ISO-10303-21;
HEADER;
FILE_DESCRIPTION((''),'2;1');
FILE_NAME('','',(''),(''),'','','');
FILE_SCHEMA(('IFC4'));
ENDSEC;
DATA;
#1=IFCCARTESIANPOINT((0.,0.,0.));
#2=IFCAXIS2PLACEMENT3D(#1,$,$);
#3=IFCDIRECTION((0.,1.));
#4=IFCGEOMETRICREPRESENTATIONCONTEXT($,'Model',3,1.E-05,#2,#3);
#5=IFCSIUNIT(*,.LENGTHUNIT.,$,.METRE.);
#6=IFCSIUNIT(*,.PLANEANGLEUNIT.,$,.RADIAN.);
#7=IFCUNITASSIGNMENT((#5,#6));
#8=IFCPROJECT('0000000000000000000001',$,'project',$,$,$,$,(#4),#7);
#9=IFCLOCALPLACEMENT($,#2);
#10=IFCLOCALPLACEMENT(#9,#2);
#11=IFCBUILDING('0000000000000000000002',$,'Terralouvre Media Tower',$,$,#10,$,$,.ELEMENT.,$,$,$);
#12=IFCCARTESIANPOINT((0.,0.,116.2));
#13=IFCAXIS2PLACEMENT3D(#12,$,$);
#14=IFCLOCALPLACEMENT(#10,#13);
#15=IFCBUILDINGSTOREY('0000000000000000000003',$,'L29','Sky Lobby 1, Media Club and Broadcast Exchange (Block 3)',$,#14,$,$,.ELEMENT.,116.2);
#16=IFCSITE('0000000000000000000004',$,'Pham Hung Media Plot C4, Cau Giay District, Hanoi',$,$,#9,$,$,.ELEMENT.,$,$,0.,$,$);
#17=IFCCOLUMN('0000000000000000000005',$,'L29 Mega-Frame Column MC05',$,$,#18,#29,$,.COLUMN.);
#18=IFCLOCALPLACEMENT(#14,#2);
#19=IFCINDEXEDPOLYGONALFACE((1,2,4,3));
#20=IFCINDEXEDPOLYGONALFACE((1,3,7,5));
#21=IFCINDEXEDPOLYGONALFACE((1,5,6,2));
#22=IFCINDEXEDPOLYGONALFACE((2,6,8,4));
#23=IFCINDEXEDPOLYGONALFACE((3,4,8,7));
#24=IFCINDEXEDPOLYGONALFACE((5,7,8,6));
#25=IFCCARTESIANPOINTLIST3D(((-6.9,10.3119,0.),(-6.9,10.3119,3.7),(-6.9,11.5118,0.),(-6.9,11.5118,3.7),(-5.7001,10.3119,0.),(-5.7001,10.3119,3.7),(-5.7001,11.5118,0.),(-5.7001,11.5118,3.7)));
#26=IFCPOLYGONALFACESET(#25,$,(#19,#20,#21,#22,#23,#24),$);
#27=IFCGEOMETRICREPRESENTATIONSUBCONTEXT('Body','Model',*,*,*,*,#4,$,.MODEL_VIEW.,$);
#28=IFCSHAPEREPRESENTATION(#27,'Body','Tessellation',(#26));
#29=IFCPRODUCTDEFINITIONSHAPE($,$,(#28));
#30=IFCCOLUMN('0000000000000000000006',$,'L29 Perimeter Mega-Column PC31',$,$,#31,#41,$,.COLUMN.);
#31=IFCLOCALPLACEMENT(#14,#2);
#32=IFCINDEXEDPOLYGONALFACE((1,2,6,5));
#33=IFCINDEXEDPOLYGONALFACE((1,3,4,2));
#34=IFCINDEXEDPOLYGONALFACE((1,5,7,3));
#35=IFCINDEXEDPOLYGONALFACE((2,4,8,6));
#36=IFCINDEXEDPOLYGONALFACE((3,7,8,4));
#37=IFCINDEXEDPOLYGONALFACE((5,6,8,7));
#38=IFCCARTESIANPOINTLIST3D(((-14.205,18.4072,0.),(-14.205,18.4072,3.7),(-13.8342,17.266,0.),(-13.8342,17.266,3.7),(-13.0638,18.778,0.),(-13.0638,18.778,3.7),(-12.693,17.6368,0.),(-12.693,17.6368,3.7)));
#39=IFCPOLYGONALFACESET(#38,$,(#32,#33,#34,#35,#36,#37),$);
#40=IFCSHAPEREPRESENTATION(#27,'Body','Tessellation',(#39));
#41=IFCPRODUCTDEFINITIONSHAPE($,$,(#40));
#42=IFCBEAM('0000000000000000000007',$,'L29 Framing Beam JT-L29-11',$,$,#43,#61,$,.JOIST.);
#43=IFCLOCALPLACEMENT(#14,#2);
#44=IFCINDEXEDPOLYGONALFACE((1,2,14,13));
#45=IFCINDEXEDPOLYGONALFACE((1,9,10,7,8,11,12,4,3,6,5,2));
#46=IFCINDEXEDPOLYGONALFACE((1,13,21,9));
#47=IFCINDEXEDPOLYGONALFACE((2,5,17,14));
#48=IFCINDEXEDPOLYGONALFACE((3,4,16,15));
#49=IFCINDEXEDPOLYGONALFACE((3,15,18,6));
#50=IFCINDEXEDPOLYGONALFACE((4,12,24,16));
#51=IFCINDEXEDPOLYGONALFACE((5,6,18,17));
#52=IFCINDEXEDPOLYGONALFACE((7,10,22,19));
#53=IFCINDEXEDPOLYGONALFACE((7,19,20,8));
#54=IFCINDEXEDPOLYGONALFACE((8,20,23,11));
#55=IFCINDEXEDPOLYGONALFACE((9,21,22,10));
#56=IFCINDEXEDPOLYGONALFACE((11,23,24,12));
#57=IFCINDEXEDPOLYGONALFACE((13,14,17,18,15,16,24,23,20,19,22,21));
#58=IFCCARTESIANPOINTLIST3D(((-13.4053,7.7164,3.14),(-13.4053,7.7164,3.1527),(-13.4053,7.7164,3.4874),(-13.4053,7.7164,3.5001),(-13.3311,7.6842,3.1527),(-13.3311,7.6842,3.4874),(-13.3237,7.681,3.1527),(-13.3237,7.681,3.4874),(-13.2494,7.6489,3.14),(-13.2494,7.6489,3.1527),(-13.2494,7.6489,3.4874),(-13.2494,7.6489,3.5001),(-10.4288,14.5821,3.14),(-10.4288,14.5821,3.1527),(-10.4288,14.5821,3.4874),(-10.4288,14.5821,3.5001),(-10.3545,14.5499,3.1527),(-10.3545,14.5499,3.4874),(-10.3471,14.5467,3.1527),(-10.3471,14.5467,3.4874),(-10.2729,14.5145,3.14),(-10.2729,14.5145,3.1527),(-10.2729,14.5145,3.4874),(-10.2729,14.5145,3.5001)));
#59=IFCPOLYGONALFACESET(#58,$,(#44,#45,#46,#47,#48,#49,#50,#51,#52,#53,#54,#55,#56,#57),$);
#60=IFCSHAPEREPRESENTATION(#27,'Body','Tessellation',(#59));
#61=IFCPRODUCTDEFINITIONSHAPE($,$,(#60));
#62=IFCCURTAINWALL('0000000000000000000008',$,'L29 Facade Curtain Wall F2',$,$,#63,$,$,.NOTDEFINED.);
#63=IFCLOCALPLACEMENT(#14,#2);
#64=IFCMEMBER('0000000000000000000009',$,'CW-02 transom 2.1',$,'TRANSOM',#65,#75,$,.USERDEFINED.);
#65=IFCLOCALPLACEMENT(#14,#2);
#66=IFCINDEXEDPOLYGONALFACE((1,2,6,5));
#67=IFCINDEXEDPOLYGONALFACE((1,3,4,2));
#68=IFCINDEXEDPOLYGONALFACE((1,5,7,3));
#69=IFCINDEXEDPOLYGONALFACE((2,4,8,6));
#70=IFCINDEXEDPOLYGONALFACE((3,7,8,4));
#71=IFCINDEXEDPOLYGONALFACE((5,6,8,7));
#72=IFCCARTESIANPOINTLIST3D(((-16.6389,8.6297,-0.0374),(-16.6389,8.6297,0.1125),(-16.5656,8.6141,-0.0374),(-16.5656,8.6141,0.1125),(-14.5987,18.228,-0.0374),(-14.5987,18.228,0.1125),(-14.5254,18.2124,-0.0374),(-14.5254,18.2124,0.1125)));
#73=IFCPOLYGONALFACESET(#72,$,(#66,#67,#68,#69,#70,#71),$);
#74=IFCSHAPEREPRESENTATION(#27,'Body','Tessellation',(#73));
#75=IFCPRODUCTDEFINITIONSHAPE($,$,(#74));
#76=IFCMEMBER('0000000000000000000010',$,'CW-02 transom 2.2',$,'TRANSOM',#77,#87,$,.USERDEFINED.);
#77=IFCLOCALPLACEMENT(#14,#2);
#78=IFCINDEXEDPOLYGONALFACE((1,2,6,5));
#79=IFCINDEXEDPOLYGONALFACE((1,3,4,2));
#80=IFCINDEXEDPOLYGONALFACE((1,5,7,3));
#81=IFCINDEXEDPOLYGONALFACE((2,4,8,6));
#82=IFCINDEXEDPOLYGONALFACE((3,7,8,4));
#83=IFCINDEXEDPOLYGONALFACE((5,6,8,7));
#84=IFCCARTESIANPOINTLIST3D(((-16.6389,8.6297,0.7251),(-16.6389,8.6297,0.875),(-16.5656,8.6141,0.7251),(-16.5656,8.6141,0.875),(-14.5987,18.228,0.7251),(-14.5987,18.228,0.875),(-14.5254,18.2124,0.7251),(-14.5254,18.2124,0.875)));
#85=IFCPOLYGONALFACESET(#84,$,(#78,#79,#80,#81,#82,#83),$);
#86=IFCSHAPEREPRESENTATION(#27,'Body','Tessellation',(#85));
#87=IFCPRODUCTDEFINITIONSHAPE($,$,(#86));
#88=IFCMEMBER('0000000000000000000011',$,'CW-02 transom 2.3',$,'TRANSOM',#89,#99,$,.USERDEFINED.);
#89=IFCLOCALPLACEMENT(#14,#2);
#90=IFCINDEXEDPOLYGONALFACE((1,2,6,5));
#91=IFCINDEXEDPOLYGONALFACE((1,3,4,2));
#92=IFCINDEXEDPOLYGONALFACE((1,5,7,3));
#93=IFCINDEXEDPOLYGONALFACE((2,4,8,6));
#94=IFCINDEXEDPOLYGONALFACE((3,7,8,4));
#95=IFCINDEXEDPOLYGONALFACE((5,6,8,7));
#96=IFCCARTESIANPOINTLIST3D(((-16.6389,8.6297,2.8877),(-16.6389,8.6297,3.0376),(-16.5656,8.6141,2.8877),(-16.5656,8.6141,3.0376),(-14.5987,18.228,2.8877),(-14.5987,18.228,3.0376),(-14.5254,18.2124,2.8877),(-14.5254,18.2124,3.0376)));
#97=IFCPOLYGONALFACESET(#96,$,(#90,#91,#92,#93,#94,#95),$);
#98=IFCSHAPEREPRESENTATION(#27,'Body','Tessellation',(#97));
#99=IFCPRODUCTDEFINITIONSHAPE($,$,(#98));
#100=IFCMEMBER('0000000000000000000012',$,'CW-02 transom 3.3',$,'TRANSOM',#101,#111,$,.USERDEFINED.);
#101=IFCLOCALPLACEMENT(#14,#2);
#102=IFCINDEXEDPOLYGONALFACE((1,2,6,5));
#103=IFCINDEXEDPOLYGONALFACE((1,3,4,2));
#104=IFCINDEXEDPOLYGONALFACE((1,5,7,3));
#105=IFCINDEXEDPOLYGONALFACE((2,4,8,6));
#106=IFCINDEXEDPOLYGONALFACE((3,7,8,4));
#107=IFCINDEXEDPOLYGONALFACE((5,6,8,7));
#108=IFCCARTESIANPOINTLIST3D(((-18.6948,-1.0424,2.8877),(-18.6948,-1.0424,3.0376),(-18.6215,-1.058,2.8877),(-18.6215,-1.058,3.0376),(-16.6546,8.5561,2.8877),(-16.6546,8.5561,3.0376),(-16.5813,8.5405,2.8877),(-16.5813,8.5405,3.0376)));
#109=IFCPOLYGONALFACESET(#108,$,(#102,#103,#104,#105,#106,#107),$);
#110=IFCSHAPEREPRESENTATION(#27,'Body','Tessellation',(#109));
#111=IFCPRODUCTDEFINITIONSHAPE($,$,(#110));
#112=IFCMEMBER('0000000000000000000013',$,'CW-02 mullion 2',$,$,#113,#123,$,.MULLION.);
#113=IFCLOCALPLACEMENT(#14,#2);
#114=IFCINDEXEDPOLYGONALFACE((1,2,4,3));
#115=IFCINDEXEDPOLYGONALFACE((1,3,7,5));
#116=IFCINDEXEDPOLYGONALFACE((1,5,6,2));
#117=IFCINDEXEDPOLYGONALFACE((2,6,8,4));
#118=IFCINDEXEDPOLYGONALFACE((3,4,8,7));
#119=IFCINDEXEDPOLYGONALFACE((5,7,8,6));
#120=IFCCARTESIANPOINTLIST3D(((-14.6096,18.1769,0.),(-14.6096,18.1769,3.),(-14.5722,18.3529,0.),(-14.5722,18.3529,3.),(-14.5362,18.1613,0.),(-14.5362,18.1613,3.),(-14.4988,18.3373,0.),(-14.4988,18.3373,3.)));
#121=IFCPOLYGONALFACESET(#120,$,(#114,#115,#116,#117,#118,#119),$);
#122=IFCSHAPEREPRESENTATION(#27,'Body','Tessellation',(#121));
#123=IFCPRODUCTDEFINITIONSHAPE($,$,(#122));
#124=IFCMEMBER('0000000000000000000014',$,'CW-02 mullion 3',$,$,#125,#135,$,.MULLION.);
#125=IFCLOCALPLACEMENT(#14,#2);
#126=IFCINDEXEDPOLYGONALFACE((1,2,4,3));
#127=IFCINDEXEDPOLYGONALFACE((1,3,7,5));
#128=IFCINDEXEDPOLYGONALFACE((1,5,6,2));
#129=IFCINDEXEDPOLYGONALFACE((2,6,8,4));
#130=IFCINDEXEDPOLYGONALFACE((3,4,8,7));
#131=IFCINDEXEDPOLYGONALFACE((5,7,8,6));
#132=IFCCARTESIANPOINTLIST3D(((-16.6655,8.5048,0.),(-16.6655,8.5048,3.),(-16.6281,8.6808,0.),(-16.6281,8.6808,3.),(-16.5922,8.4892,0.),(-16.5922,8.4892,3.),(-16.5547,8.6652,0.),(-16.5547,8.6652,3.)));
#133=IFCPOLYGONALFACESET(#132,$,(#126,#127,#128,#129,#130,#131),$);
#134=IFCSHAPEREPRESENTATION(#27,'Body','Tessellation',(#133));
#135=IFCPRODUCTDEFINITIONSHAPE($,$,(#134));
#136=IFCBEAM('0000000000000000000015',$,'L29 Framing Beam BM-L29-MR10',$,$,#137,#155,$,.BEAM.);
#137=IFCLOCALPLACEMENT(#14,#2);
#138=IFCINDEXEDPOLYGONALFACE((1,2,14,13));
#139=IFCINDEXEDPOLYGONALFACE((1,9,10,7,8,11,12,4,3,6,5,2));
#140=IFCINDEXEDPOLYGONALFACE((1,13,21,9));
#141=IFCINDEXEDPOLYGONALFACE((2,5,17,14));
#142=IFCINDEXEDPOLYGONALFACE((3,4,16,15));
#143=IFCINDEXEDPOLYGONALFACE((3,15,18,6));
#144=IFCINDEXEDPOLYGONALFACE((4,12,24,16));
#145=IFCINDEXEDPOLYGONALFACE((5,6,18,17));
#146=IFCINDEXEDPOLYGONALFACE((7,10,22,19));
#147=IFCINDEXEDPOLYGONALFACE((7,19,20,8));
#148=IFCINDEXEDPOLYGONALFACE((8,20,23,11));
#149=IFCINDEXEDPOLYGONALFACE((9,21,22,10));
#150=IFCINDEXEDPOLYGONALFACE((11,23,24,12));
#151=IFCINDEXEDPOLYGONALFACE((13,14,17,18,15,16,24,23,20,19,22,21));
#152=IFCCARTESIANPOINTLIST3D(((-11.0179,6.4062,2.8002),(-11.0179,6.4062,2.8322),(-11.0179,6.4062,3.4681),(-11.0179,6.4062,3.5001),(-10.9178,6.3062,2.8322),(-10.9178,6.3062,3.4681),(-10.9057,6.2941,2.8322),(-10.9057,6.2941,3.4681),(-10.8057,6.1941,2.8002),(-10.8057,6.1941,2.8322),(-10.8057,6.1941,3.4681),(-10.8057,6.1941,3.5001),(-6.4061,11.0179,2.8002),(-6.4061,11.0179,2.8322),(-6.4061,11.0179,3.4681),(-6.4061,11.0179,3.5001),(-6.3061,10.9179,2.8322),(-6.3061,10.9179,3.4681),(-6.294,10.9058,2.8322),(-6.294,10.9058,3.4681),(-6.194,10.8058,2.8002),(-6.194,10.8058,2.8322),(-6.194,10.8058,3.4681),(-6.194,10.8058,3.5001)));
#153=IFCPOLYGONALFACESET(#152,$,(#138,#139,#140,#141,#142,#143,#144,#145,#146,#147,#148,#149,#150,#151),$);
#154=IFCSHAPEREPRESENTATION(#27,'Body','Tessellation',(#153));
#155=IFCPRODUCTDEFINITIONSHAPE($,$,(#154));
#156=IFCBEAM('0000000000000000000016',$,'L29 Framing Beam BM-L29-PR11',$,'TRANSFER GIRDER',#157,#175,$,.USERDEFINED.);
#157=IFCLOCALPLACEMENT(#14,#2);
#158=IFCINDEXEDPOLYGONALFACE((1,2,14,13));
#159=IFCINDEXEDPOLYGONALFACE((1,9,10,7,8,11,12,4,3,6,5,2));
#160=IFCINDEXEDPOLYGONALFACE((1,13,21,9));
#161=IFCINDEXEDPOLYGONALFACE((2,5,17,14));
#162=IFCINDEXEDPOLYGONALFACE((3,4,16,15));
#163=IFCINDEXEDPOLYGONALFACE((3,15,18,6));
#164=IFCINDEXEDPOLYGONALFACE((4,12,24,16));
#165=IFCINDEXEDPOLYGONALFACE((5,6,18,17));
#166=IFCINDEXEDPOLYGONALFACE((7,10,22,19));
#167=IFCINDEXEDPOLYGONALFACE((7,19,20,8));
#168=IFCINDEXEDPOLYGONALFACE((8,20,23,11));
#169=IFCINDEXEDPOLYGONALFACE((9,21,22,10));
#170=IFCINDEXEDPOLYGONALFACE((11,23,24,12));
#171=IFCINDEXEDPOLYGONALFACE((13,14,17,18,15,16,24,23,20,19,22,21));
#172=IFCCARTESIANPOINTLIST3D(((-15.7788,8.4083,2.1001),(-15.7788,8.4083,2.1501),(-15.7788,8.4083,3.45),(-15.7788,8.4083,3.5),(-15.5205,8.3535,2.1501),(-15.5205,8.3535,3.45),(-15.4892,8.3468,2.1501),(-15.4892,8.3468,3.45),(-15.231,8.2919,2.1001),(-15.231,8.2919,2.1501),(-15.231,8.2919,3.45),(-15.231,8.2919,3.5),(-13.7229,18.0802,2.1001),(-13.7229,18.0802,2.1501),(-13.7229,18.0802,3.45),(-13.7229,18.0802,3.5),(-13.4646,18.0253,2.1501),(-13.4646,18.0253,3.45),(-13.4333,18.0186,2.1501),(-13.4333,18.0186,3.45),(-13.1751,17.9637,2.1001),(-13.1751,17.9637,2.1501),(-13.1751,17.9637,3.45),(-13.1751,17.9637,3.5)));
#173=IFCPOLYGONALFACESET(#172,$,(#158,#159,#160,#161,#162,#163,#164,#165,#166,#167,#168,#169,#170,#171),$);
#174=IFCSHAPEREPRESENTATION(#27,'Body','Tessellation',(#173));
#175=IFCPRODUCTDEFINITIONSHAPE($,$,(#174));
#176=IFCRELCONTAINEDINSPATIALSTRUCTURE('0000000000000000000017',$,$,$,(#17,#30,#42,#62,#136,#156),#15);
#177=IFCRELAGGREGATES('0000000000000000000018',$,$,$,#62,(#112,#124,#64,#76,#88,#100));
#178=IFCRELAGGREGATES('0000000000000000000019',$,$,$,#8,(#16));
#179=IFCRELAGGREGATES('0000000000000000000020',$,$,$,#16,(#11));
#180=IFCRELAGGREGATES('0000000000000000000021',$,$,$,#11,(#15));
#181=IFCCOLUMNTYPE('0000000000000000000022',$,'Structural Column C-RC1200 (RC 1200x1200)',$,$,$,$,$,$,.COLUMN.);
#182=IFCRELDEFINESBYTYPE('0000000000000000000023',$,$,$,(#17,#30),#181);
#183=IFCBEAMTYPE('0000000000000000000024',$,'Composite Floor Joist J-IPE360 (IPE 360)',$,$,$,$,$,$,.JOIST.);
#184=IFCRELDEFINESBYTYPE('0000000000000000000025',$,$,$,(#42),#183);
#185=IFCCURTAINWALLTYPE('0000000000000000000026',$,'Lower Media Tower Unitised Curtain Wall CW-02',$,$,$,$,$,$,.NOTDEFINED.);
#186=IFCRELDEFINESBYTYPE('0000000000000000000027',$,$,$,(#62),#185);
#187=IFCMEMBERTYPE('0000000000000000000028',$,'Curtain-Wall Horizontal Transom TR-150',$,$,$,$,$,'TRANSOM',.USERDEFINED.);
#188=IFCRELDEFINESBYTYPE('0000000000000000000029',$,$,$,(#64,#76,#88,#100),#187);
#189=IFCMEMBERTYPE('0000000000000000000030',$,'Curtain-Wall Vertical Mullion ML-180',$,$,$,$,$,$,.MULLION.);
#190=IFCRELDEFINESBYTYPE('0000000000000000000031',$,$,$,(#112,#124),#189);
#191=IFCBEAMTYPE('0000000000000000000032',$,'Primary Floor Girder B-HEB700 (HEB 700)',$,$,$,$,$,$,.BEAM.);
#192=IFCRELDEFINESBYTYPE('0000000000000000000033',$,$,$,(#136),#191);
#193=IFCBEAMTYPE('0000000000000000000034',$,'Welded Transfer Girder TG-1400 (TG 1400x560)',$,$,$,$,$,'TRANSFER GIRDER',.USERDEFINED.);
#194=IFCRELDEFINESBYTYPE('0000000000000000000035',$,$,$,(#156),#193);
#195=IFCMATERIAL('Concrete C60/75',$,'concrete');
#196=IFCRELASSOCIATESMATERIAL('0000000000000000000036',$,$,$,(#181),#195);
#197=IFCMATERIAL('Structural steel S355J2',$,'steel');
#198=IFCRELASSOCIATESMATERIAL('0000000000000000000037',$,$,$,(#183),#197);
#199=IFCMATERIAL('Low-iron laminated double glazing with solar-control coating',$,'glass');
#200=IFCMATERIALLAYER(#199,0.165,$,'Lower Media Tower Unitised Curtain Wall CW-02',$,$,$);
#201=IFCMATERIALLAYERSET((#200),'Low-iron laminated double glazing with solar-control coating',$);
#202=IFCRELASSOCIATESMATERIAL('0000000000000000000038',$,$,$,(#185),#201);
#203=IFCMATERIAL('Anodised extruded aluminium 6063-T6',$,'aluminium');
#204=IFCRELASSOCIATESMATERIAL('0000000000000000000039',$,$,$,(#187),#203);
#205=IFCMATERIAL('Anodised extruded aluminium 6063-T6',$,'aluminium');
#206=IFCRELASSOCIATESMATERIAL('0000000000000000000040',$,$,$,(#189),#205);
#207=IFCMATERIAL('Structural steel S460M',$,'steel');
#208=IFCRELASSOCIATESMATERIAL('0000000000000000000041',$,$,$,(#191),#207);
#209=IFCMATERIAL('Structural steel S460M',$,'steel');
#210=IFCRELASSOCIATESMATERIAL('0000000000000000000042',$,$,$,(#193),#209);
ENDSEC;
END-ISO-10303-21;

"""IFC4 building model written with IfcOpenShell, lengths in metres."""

from ifc_helpers import new_model, si_unit, direction, frame, origin, origin_2d, place, context, subcontext, project, spatial, rectangle, i_section, extrude, material, layer, layer_set, material_profile, profile_set, type_object, element, aggregate, save


model = new_model("IFC4")

# Units and contexts
model_context = context("Model", 3, precision=1e-05, world=origin(), true_north=direction((0.0, 1.0)))
body_context = subcontext(model_context, "Body", "Model", "MODEL_VIEW")
ifc_project = project(units=[si_unit("LENGTHUNIT", "METRE"), si_unit("PLANEANGLEUNIT", "RADIAN")], contexts=[model_context])

# Site, building, storey
site_placement = place(None, origin())
site = spatial("IfcSite", under=ifc_project, at=site_placement, Name="Pham Hung Media Plot C4, Cau Giay District, Hanoi", CompositionType="ELEMENT", RefElevation=0.0)
building_placement = place(site_placement, origin())
building = spatial("IfcBuilding", under=site, at=building_placement, Name="Terralouvre Media Tower", CompositionType="ELEMENT")
storey_placement = place(building_placement, frame((0.0, 0.0, 116.2)))
storey = spatial("IfcBuildingStorey", under=building, at=storey_placement, Name="L29", Description="Sky Lobby 1, Media Club and Broadcast Exchange (Block 3)", CompositionType="ELEMENT", Elevation=116.2)

# Columns
ifc_material_1 = material(Name="Concrete C60/75", Category="concrete")
ifc_material_profile_1 = material_profile(ifc_material_1, rectangle(XDim=1.2, YDim=1.2, at=origin_2d()), Name="RC 1200x1200")
ifc_profile_set_1 = profile_set([ifc_material_profile_1], Name="Concrete C60/75")
column_type = type_object("IfcColumnType", Name="Structural Column C-RC1200 (RC 1200x1200)", PredefinedType="COLUMN", material=ifc_profile_set_1)
for number, where, z_axis, x_axis, name in (
    (1, (-6.3, 10.9119, 0.0), (0.0, 0.0, 1.0), (1.0, 0.0, 0.0), "L29 Mega-Frame Column MC05"),
    (2, (-13.449, 18.022, 0.0), (0.0, 0.0, 1.0), (0.951057, 0.309017, 0.0), "L29 Perimeter Mega-Column PC31"),
):
    element("IfcColumn", number, at=place(storey_placement, frame(where, z_axis=z_axis, x_axis=x_axis)), inside=storey, type_object=column_type, Name=name, PredefinedType="COLUMN", context=body_context, shape_type="SweptSolid", body=[
        extrude(rectangle(XDim=1.2, YDim=1.2, at=origin_2d()), origin(), (0.0, 0.0, 1.0), 3.7),
    ])

# Beam
ifc_material_2 = material(Name="Structural steel S355J2", Category="steel")
ifc_material_profile_2 = material_profile(ifc_material_2, i_section(OverallWidth=0.1699, OverallDepth=0.3601, WebThickness=0.0081, FlangeThickness=0.0127, at=origin_2d()), Name="IPE 360")
ifc_profile_set_2 = profile_set([ifc_material_profile_2], Name="Structural steel S355J2")
beam_type_1 = type_object("IfcBeamType", Name="Composite Floor Joist J-IPE360 (IPE 360)", PredefinedType="JOIST", material=ifc_profile_set_2)
beam_1_placement = place(storey_placement, frame((-10.3508, 14.5483, 3.3201), z_axis=(-0.397767, -0.917487, 0.0), x_axis=(0.917487, -0.397767, 0.0)))
element("IfcBeam", 3, at=beam_1_placement, inside=storey, type_object=beam_type_1, Name="L29 Framing Beam JT-L29-11", PredefinedType="JOIST", context=body_context, shape_type="SweptSolid", body=[
    extrude(i_section(OverallWidth=0.1699, OverallDepth=0.3601, WebThickness=0.0081, FlangeThickness=0.0127, at=origin_2d()), origin(), (0.0, 0.0, 1.0), 7.4832),
])

# Curtain wall, members
ifc_material_3 = material(Name="Low-iron laminated double glazing with solar-control coating", Category="glass")
ifc_layer_1 = layer(ifc_material_3, 0.165, Name="Lower Media Tower Unitised Curtain Wall CW-02")
ifc_layer_set_1 = layer_set([ifc_layer_1], Name="Low-iron laminated double glazing with solar-control coating")
curtain_wall_type = type_object("IfcCurtainWallType", Name="Lower Media Tower Unitised Curtain Wall CW-02", PredefinedType="NOTDEFINED", material=ifc_layer_set_1)
curtain_wall_placement = place(storey_placement, origin())
curtain_wall = element("IfcCurtainWall", 4, at=curtain_wall_placement, inside=storey, type_object=curtain_wall_type, Name="L29 Facade Curtain Wall F2", PredefinedType="NOTDEFINED")
ifc_material_4 = material(Name="Anodised extruded aluminium 6063-T6", Category="aluminium")
ifc_material_profile_3 = material_profile(ifc_material_4, rectangle(XDim=0.075, YDim=0.1499, at=origin_2d()), Name="ALU 75x150")
ifc_profile_set_3 = profile_set([ifc_material_profile_3], Name="Anodised extruded aluminium 6063-T6")
member_type_1 = type_object("IfcMemberType", Name="Curtain-Wall Horizontal Transom TR-150", ElementType="TRANSOM", PredefinedType="USERDEFINED", material=ifc_profile_set_3)
member_1_placement = place(storey_placement, frame((-14.562, 18.2202, 0.0376), z_axis=(-0.20792, -0.978146, 0.0), x_axis=(0.978146, -0.20792, 0.0)))
member_1 = element("IfcMember", 5, at=member_1_placement, type_object=member_type_1, Name="CW-02 transom 2.1", ObjectType="TRANSOM", PredefinedType="USERDEFINED", context=body_context, shape_type="SweptSolid", body=[
    extrude(rectangle(XDim=0.075, YDim=0.1499, at=origin_2d()), origin(), (0.0, 0.0, 1.0), 9.8127),
])
member_2_placement = place(storey_placement, frame((-14.562, 18.2202, 0.8), z_axis=(-0.20792, -0.978146, 0.0), x_axis=(0.978146, -0.20792, 0.0)))
member_2 = element("IfcMember", 6, at=member_2_placement, type_object=member_type_1, Name="CW-02 transom 2.2", ObjectType="TRANSOM", PredefinedType="USERDEFINED", context=body_context, shape_type="SweptSolid", body=[
    extrude(rectangle(XDim=0.075, YDim=0.1499, at=origin_2d()), origin(), (0.0, 0.0, 1.0), 9.8127),
])
member_3_placement = place(storey_placement, frame((-14.562, 18.2202, 2.9626), z_axis=(-0.20792, -0.978146, 0.0), x_axis=(0.978146, -0.20792, 0.0)))
member_3 = element("IfcMember", 7, at=member_3_placement, type_object=member_type_1, Name="CW-02 transom 2.3", ObjectType="TRANSOM", PredefinedType="USERDEFINED", context=body_context, shape_type="SweptSolid", body=[
    extrude(rectangle(XDim=0.075, YDim=0.1499, at=origin_2d()), origin(), (0.0, 0.0, 1.0), 9.8127),
])
member_4_placement = place(storey_placement, frame((-16.6179, 8.5483, 2.9626), z_axis=(-0.207915, -0.978147, 0.0), x_axis=(0.978147, -0.207915, 0.0)))
member_4 = element("IfcMember", 8, at=member_4_placement, type_object=member_type_1, Name="CW-02 transom 3.3", ObjectType="TRANSOM", PredefinedType="USERDEFINED", context=body_context, shape_type="SweptSolid", body=[
    extrude(rectangle(XDim=0.075, YDim=0.1499, at=origin_2d()), origin(), (0.0, 0.0, 1.0), 9.813),
])
ifc_material_5 = material(Name="Anodised extruded aluminium 6063-T6", Category="aluminium")
ifc_material_profile_4 = material_profile(ifc_material_5, rectangle(XDim=0.075, YDim=0.1799, at=origin_2d()), Name="ALU 75x180")
ifc_profile_set_4 = profile_set([ifc_material_profile_4], Name="Anodised extruded aluminium 6063-T6")
member_type_2 = type_object("IfcMemberType", Name="Curtain-Wall Vertical Mullion ML-180", PredefinedType="MULLION", material=ifc_profile_set_4)
member_5_placement = place(storey_placement, frame((-14.5542, 18.2571, 0.0), z_axis=(0.0, 0.0, 1.0), x_axis=(0.978148, -0.207912, 0.0)))
member_5 = element("IfcMember", 9, at=member_5_placement, type_object=member_type_2, Name="CW-02 mullion 2", PredefinedType="MULLION", context=body_context, shape_type="SweptSolid", body=[
    extrude(rectangle(XDim=0.075, YDim=0.1799, at=origin_2d()), origin(), (0.0, 0.0, 1.0), 3.0),
])
member_6_placement = place(storey_placement, frame((-16.6101, 8.585, 0.0), z_axis=(0.0, 0.0, 1.0), x_axis=(0.978148, -0.207912, 0.0)))
member_6 = element("IfcMember", 10, at=member_6_placement, type_object=member_type_2, Name="CW-02 mullion 3", PredefinedType="MULLION", context=body_context, shape_type="SweptSolid", body=[
    extrude(rectangle(XDim=0.075, YDim=0.1799, at=origin_2d()), origin(), (0.0, 0.0, 1.0), 3.0),
])

# Beams
ifc_material_6 = material(Name="Structural steel S460M", Category="steel")
ifc_material_profile_5 = material_profile(ifc_material_6, i_section(OverallWidth=0.3, OverallDepth=0.7, WebThickness=0.0171, FlangeThickness=0.032, at=origin_2d()), Name="HEB 700")
ifc_profile_set_5 = profile_set([ifc_material_profile_5], Name="Structural steel S460M")
beam_type_2 = type_object("IfcBeamType", Name="Primary Floor Girder B-HEB700 (HEB 700)", PredefinedType="BEAM", material=ifc_profile_set_5)
beam_2_placement = place(storey_placement, frame((-6.3, 10.9119, 3.1501), z_axis=(-0.707107, -0.707107, 0.0), x_axis=(0.707107, -0.707107, 0.0)))
element("IfcBeam", 11, at=beam_2_placement, inside=storey, type_object=beam_type_2, Name="L29 Framing Beam BM-L29-MR10", PredefinedType="BEAM", context=body_context, shape_type="SweptSolid", body=[
    extrude(i_section(OverallWidth=0.3, OverallDepth=0.7, WebThickness=0.0171, FlangeThickness=0.032, at=origin_2d()), origin(), (0.0, 0.0, 1.0), 6.522),
])
ifc_material_7 = material(Name="Structural steel S460M", Category="steel")
ifc_material_profile_6 = material_profile(ifc_material_7, i_section(OverallWidth=0.5601, OverallDepth=1.3999, WebThickness=0.032, FlangeThickness=0.05, at=origin_2d()), Name="TG 1400x560")
ifc_profile_set_6 = profile_set([ifc_material_profile_6], Name="Structural steel S460M")
beam_type_3 = type_object("IfcBeamType", Name="Welded Transfer Girder TG-1400 (TG 1400x560)", ElementType="TRANSFER GIRDER", PredefinedType="USERDEFINED", material=ifc_profile_set_6)
beam_3_placement = place(storey_placement, frame((-13.449, 18.022, 2.8), z_axis=(-0.20792, -0.978146, 0.0), x_axis=(0.978146, -0.20792, 0.0)))
element("IfcBeam", 12, at=beam_3_placement, inside=storey, type_object=beam_type_3, Name="L29 Framing Beam BM-L29-PR11", ObjectType="TRANSFER GIRDER", PredefinedType="USERDEFINED", context=body_context, shape_type="SweptSolid", body=[
    extrude(i_section(OverallWidth=0.5601, OverallDepth=1.3999, WebThickness=0.032, FlangeThickness=0.05, at=origin_2d()), origin(), (0.0, 0.0, 1.0), 9.8879),
])

aggregate(curtain_wall, [member_5, member_6, member_1, member_2, member_3, member_4])

save(model, "model.ifc")
